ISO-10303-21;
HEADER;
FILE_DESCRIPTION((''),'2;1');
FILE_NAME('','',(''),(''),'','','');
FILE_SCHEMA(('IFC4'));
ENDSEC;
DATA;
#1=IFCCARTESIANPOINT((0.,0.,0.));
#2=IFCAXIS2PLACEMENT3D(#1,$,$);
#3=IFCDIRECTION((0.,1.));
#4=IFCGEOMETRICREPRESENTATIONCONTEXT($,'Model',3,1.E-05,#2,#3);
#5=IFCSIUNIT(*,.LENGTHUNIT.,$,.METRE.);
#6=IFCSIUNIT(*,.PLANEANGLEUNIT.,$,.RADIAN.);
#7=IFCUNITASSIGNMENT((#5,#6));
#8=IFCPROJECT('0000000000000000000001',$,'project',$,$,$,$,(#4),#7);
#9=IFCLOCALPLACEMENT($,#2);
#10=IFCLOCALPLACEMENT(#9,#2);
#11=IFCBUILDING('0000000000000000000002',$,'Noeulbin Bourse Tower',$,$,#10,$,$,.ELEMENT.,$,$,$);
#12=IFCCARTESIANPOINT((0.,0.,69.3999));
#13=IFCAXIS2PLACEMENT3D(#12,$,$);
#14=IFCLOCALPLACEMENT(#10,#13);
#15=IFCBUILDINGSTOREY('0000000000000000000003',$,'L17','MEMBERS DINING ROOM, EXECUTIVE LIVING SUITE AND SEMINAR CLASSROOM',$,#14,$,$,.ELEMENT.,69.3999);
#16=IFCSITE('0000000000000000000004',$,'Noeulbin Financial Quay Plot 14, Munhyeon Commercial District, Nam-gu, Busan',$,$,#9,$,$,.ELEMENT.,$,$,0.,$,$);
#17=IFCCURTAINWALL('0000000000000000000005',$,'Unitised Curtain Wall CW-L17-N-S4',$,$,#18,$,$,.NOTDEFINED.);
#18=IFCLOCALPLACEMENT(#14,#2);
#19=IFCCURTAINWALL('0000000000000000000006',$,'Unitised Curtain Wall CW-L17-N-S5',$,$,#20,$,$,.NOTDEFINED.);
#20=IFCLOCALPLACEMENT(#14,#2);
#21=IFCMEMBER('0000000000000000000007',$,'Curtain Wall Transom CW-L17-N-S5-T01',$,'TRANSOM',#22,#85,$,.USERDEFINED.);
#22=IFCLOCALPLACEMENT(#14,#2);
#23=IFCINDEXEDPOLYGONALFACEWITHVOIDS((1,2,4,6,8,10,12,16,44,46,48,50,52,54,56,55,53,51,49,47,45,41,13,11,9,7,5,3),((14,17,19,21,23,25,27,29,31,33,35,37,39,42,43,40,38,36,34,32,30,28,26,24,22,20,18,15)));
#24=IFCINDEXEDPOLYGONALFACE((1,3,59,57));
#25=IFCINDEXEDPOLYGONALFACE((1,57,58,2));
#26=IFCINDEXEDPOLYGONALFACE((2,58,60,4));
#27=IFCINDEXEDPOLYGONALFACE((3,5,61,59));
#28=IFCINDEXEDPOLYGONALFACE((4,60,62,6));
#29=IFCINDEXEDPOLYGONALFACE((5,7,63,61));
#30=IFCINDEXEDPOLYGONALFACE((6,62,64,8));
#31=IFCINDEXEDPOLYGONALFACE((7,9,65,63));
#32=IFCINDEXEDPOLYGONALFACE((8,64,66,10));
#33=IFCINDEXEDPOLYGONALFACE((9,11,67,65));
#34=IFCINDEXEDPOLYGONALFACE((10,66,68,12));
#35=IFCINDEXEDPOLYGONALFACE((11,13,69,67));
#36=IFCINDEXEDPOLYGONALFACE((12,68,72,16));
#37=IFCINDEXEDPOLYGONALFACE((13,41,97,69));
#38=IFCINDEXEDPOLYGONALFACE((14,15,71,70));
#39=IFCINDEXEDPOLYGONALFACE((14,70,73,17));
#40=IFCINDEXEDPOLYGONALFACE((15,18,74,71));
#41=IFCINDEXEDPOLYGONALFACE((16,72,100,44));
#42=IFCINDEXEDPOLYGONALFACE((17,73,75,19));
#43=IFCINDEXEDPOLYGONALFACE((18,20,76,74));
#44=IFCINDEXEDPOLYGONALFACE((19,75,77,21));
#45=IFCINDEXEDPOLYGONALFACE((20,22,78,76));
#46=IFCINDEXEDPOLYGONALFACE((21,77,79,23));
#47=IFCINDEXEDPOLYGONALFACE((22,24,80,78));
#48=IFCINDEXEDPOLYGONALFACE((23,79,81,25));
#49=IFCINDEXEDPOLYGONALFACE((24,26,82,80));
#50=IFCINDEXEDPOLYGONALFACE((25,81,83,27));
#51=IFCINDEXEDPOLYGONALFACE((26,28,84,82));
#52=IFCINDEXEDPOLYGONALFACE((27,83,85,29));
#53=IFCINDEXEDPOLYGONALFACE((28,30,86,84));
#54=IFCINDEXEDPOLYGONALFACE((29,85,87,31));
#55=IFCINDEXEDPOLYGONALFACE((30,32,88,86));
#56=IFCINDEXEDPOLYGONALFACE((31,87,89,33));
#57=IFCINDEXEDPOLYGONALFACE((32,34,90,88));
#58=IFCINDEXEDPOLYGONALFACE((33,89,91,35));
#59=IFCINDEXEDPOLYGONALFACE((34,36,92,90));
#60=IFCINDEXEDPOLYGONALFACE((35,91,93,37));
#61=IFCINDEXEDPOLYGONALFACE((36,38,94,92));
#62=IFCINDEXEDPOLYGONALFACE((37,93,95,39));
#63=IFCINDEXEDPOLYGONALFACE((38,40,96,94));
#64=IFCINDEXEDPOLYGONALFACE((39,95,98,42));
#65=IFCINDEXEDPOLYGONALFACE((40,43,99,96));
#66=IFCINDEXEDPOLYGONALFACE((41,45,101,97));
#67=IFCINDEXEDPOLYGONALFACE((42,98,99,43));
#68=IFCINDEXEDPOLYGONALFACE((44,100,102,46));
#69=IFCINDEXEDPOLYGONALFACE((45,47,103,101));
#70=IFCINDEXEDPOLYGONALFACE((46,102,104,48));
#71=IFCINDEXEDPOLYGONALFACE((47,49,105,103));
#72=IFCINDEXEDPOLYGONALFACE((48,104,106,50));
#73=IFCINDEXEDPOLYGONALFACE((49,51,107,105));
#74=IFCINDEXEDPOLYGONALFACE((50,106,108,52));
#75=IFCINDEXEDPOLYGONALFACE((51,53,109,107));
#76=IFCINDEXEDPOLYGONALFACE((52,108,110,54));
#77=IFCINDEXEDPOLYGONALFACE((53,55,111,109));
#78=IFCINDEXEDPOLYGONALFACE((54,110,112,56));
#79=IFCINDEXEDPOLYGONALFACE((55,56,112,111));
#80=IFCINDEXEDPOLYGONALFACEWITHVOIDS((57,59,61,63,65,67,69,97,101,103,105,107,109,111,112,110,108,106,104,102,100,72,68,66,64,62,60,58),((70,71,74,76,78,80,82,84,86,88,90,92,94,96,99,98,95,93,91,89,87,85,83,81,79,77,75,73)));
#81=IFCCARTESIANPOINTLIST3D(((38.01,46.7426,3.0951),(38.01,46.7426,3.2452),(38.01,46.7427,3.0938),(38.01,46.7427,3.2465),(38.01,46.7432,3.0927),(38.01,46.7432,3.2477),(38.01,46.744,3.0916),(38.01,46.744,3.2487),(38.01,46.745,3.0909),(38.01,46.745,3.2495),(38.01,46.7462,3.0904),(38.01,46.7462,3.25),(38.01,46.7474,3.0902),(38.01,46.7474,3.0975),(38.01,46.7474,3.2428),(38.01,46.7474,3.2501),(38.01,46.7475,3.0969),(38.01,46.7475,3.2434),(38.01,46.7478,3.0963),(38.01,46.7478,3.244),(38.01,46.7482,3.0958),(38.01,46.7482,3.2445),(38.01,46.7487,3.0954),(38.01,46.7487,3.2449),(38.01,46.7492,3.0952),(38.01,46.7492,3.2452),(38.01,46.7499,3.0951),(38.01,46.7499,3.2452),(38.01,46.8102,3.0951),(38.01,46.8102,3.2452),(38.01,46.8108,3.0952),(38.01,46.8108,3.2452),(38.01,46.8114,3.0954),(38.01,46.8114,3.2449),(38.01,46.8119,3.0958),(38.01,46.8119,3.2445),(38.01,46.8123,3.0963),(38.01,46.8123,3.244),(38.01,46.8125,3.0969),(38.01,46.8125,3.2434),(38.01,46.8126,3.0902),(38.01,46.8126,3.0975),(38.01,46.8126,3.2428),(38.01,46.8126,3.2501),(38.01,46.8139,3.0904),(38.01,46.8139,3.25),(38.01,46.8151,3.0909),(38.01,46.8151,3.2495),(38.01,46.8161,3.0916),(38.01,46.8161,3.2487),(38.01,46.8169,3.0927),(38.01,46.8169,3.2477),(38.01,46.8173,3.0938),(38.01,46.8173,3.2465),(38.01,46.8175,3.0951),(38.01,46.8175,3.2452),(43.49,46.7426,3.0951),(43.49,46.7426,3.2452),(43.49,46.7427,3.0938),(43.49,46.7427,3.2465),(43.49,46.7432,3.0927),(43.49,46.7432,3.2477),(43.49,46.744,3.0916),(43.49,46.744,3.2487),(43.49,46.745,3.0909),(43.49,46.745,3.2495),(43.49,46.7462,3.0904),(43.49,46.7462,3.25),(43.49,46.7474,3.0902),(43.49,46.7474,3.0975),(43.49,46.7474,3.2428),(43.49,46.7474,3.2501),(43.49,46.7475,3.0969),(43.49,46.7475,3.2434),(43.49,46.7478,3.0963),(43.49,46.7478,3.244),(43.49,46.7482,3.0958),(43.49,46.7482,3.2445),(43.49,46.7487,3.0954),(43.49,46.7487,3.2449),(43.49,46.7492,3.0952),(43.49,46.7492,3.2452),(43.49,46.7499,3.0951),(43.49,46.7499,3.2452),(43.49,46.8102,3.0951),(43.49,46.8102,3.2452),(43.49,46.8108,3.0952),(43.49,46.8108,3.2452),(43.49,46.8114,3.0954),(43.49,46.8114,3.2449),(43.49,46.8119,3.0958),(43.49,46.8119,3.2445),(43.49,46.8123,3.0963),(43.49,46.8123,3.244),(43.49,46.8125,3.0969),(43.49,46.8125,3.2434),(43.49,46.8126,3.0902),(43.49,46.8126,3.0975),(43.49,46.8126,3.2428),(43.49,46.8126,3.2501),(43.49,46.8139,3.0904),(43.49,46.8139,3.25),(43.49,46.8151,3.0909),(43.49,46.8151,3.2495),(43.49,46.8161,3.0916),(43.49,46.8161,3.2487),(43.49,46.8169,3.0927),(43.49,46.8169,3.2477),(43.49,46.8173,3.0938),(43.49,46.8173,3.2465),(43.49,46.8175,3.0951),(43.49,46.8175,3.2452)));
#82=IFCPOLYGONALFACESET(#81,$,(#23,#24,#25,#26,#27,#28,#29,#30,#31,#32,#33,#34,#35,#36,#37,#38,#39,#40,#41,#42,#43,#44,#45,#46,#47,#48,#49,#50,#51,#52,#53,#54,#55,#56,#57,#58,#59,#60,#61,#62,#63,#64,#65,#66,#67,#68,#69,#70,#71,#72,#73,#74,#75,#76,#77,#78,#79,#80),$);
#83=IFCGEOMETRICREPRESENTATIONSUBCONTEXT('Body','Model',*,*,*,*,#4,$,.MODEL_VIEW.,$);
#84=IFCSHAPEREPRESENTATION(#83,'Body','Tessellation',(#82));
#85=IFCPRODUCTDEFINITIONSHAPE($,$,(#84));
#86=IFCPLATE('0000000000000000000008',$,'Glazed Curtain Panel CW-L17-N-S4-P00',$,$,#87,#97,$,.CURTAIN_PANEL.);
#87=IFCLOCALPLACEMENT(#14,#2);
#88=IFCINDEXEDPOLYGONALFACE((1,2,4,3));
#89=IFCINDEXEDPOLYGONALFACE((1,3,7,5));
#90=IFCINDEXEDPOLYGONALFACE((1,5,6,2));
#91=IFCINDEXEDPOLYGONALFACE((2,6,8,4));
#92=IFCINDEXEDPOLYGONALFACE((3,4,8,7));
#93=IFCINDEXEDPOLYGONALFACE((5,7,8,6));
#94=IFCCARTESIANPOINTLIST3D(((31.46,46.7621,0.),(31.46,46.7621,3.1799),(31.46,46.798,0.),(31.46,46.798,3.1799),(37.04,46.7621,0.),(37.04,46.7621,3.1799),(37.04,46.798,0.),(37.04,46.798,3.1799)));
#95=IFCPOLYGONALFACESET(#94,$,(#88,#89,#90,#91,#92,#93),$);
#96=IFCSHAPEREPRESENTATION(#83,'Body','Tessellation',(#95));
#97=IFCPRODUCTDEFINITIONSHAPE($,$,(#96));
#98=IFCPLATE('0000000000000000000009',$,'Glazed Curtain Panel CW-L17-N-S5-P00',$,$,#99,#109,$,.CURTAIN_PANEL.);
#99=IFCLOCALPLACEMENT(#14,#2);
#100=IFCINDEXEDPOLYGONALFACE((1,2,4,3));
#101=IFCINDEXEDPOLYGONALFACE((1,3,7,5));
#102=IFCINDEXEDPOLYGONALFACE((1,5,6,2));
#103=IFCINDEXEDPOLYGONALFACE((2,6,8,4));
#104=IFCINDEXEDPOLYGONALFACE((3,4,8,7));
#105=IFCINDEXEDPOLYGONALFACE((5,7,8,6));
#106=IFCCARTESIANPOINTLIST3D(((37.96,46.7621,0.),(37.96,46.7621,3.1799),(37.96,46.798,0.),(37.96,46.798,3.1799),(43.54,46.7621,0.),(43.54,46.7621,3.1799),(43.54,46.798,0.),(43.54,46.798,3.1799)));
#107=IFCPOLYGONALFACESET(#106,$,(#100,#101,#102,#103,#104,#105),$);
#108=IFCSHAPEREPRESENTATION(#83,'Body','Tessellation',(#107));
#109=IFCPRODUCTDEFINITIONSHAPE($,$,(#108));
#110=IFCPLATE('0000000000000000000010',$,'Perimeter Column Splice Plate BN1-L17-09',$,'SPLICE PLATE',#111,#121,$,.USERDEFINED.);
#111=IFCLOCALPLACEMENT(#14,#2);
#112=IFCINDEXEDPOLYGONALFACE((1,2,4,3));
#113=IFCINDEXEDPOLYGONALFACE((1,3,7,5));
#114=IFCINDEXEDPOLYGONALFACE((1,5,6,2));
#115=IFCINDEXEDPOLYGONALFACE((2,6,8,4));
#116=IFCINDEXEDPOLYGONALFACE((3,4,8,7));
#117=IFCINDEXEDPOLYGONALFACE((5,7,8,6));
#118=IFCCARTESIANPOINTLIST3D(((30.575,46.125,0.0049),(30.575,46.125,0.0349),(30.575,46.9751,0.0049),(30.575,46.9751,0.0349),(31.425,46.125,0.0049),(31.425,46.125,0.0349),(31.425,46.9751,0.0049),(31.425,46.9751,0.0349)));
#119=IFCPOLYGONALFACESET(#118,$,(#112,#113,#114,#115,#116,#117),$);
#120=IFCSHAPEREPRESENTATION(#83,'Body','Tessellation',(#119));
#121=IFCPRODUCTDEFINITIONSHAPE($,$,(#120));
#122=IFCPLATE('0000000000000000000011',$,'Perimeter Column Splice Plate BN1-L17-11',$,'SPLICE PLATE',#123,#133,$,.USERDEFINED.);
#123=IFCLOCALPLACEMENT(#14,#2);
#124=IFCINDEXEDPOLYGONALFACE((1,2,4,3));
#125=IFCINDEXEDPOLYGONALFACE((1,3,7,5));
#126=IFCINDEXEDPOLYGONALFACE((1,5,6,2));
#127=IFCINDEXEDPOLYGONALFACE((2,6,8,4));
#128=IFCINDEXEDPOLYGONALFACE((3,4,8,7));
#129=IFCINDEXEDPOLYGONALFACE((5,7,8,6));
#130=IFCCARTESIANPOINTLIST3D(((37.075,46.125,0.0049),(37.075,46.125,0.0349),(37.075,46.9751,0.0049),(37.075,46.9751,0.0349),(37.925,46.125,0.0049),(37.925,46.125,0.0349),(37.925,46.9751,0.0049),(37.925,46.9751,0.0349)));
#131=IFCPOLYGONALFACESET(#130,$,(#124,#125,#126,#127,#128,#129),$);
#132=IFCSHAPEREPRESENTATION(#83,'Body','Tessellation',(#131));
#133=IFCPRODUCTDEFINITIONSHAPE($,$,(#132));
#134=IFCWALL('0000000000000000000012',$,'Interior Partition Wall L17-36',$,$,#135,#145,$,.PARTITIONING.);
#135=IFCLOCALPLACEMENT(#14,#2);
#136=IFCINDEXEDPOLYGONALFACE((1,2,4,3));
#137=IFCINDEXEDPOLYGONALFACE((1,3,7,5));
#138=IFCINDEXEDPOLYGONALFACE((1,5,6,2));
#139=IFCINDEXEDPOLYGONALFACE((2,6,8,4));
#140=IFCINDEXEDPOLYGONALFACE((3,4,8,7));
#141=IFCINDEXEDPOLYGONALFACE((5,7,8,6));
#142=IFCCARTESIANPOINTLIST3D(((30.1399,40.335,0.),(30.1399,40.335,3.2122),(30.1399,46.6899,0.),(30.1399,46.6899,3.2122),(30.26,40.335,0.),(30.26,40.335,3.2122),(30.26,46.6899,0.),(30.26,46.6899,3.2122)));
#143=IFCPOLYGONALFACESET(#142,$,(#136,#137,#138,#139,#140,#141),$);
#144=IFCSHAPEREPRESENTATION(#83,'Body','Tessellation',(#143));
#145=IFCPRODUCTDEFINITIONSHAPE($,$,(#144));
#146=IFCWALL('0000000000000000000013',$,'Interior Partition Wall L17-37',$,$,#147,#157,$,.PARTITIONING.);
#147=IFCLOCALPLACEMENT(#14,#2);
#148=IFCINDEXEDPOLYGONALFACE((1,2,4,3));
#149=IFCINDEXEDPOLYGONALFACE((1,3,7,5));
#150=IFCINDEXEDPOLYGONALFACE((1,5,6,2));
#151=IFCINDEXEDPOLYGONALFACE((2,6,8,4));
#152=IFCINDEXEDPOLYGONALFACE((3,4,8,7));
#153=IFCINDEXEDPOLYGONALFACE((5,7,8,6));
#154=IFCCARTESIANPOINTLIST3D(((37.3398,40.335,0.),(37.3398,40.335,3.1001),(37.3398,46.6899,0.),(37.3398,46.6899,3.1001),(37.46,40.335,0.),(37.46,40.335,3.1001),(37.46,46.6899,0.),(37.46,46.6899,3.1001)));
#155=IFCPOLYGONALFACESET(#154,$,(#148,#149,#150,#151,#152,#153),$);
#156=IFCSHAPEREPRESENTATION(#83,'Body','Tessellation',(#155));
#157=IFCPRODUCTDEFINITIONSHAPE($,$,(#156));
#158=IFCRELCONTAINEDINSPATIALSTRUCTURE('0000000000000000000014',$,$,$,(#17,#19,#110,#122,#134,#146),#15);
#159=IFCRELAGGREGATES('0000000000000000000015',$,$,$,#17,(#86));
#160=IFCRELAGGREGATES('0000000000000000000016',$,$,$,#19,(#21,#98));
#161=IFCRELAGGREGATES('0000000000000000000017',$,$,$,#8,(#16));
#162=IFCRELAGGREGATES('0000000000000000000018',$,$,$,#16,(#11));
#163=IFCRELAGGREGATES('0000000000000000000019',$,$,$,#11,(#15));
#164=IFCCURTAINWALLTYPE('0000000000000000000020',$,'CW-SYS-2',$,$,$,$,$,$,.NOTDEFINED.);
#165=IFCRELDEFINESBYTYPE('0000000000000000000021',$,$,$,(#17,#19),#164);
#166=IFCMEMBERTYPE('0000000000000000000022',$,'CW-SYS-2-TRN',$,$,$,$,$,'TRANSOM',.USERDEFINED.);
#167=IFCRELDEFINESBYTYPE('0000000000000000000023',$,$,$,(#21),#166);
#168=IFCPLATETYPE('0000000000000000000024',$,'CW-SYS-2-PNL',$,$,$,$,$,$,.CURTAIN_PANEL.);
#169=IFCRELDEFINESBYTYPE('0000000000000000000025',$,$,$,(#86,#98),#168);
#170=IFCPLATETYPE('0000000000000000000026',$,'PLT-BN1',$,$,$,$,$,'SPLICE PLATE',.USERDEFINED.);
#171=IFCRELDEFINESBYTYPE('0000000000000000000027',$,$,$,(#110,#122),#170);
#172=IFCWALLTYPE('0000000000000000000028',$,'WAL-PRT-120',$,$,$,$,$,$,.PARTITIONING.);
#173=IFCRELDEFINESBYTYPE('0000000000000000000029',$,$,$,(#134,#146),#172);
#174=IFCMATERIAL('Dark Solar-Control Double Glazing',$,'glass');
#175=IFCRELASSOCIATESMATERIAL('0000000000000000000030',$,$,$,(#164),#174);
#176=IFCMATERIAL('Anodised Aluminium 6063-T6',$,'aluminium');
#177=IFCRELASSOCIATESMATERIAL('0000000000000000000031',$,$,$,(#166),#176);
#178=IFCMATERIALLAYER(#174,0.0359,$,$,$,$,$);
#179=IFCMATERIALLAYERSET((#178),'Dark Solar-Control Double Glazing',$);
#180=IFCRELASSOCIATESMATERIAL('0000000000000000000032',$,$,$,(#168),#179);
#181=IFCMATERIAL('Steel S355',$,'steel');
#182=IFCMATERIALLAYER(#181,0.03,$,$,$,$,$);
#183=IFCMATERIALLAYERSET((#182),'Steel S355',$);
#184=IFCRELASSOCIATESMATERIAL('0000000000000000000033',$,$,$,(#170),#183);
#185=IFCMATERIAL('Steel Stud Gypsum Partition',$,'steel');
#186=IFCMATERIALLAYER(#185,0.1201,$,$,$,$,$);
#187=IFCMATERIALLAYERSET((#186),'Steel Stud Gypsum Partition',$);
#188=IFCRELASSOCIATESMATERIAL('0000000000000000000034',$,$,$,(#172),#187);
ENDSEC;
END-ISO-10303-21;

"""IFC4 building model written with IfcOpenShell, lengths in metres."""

from ifc_helpers import new_model, si_unit, direction, frame, frame_2d, origin, origin_2d, place, context, subcontext, project, spatial, rectangle, hollow_rectangle, extrude, material, layer, layer_set, material_profile, profile_set, type_object, element, aggregate, save


model = new_model("IFC4")

# Units and contexts
model_context = context("Model", 3, precision=1e-05, world=origin(), true_north=direction((0.0, 1.0)))
body_context = subcontext(model_context, "Body", "Model", "MODEL_VIEW")
ifc_project = project(units=[si_unit("LENGTHUNIT", "METRE"), si_unit("PLANEANGLEUNIT", "RADIAN")], contexts=[model_context])

# Site, building, storey
site_placement = place(None, origin())
site = spatial("IfcSite", under=ifc_project, at=site_placement, Name="Noeulbin Financial Quay Plot 14, Munhyeon Commercial District, Nam-gu, Busan", CompositionType="ELEMENT", RefElevation=0.0)
building_placement = place(site_placement, origin())
building = spatial("IfcBuilding", under=site, at=building_placement, Name="Noeulbin Bourse Tower", CompositionType="ELEMENT")
storey_placement = place(building_placement, frame((0.0, 0.0, 69.3999)))
storey = spatial("IfcBuildingStorey", under=building, at=storey_placement, Name="L17", Description="MEMBERS DINING ROOM, EXECUTIVE LIVING SUITE AND SEMINAR CLASSROOM", CompositionType="ELEMENT", Elevation=69.3999)

# Shared definitions
ifc_material_1 = material(Name="Steel S355", Category="steel")

# Shared definitions
ifc_material_2 = material(Name="Dark Solar-Control Double Glazing", Category="glass")
curtain_wall_type = type_object("IfcCurtainWallType", Name="CW-SYS-2", PredefinedType="NOTDEFINED", material=ifc_material_2)
ifc_material_3 = material(Name="Anodised Aluminium 6063-T6", Category="aluminium")

# Curtain wall
curtain_wall_1_placement = place(storey_placement, origin())
curtain_wall_1 = element("IfcCurtainWall", 1, at=curtain_wall_1_placement, inside=storey, type_object=curtain_wall_type, Name="Unitised Curtain Wall CW-L17-N-S4", PredefinedType="NOTDEFINED")

# Curtain wall
curtain_wall_2_placement = place(storey_placement, origin())
curtain_wall_2 = element("IfcCurtainWall", 2, at=curtain_wall_2_placement, inside=storey, type_object=curtain_wall_type, Name="Unitised Curtain Wall CW-L17-N-S5", PredefinedType="NOTDEFINED")

# Member
ifc_material_profile_1 = material_profile(ifc_material_3, hollow_rectangle(XDim=0.075, YDim=0.1599, WallThickness=0.0049, InnerFilletRadius=0.0024, OuterFilletRadius=0.0049, at=origin_2d()), Name="ALU-TRAN-75x160x5", Category="LoadBearing")
ifc_profile_set_1 = profile_set([ifc_material_profile_1], Name="Anodised Aluminium 6063-T6")
member_type_1 = type_object("IfcMemberType", Name="CW-SYS-2-TRN", ElementType="TRANSOM", PredefinedType="USERDEFINED", material=ifc_profile_set_1)
member_1_placement = place(storey_placement, frame((38.01, 46.78, 3.1702), z_axis=(1.0, 0.0, 0.0), x_axis=(0.0, 1.0, 0.0)))
member_1 = element("IfcMember", 3, at=member_1_placement, type_object=member_type_1, Name="Curtain Wall Transom CW-L17-N-S5-T01", ObjectType="TRANSOM", PredefinedType="USERDEFINED", context=body_context, shape_type="SweptSolid", body=[
    extrude(hollow_rectangle(XDim=0.075, YDim=0.1599, WallThickness=0.0049, InnerFilletRadius=0.0024, OuterFilletRadius=0.0049, at=origin_2d()), origin(), (0.0, 0.0, 1.0), 5.48),
])

# Plates
ifc_layer_1 = layer(ifc_material_2, 0.0359)
ifc_layer_set_1 = layer_set([ifc_layer_1], Name="Dark Solar-Control Double Glazing")
plate_type_1 = type_object("IfcPlateType", Name="CW-SYS-2-PNL", PredefinedType="CURTAIN_PANEL", material=ifc_layer_set_1)
plate_1_placement = place(storey_placement, frame((34.25, 46.78, 0.0), z_axis=(0.0, 0.0, 1.0), x_axis=(1.0, 0.0, 0.0)))
plate_1 = element("IfcPlate", 4, at=plate_1_placement, type_object=plate_type_1, Name="Glazed Curtain Panel CW-L17-N-S4-P00", PredefinedType="CURTAIN_PANEL", context=body_context, shape_type="SweptSolid", body=[
    extrude(rectangle(XDim=5.5801, YDim=0.0359, at=origin_2d()), origin(), (0.0, 0.0, 1.0), 3.1799),
])
aggregate(curtain_wall_1, [plate_1])
plate_2_placement = place(storey_placement, frame((40.75, 46.78, 0.0), z_axis=(0.0, 0.0, 1.0), x_axis=(1.0, 0.0, 0.0)))
plate_2 = element("IfcPlate", 5, at=plate_2_placement, type_object=plate_type_1, Name="Glazed Curtain Panel CW-L17-N-S5-P00", PredefinedType="CURTAIN_PANEL", context=body_context, shape_type="SweptSolid", body=[
    extrude(rectangle(XDim=5.5801, YDim=0.0359, at=origin_2d()), origin(), (0.0, 0.0, 1.0), 3.1799),
])
aggregate(curtain_wall_2, [member_1, plate_2])

# Plates
ifc_layer_2 = layer(ifc_material_1, 0.03)
ifc_layer_set_2 = layer_set([ifc_layer_2], Name="Steel S355")
plate_type_2 = type_object("IfcPlateType", Name="PLT-BN1", ElementType="SPLICE PLATE", PredefinedType="USERDEFINED", material=ifc_layer_set_2)
for number, where, z_axis, x_axis, name in (
    (6, (31.0, 46.55, 0.0049), (0.0, 0.0, 1.0), (1.0, 0.0, 0.0), "Perimeter Column Splice Plate BN1-L17-09"),
    (7, (37.5, 46.55, 0.0049), (0.0, 0.0, 1.0), (1.0, 0.0, 0.0), "Perimeter Column Splice Plate BN1-L17-11"),
):
    element("IfcPlate", number, at=place(storey_placement, frame(where, z_axis=z_axis, x_axis=x_axis)), inside=storey, type_object=plate_type_2, Name=name, ObjectType="SPLICE PLATE", PredefinedType="USERDEFINED", context=body_context, shape_type="SweptSolid", body=[
        extrude(rectangle(XDim=0.8501, YDim=0.8501, at=origin_2d()), origin(), (0.0, 0.0, 1.0), 0.03),
    ])

# Walls
ifc_material_4 = material(Name="Steel Stud Gypsum Partition", Category="steel")
ifc_layer_3 = layer(ifc_material_4, 0.1201)
ifc_layer_set_3 = layer_set([ifc_layer_3], Name="Steel Stud Gypsum Partition")
wall_type = type_object("IfcWallType", Name="WAL-PRT-120", PredefinedType="PARTITIONING", material=ifc_layer_set_3)
wall_1_placement = place(storey_placement, frame((30.2, 40.335, 0.0), z_axis=(0.0, 0.0, 1.0), x_axis=(0.0, 1.0, 0.0)))
element("IfcWall", 8, at=wall_1_placement, inside=storey, type_object=wall_type, Name="Interior Partition Wall L17-36", PredefinedType="PARTITIONING", context=body_context, shape_type="SweptSolid", body=[
    extrude(rectangle(XDim=6.355, YDim=0.1201, at=frame_2d((3.1775, 0.0))), origin(), (0.0, 0.0, 1.0), 3.2122),
])
wall_2_placement = place(storey_placement, frame((37.3999, 40.335, 0.0), z_axis=(0.0, 0.0, 1.0), x_axis=(0.0, 1.0, 0.0)))
element("IfcWall", 9, at=wall_2_placement, inside=storey, type_object=wall_type, Name="Interior Partition Wall L17-37", PredefinedType="PARTITIONING", context=body_context, shape_type="SweptSolid", body=[
    extrude(rectangle(XDim=6.355, YDim=0.1201, at=frame_2d((3.1775, 0.0))), origin(), (0.0, 0.0, 1.0), 3.1001),
])

save(model, "model.ifc")
